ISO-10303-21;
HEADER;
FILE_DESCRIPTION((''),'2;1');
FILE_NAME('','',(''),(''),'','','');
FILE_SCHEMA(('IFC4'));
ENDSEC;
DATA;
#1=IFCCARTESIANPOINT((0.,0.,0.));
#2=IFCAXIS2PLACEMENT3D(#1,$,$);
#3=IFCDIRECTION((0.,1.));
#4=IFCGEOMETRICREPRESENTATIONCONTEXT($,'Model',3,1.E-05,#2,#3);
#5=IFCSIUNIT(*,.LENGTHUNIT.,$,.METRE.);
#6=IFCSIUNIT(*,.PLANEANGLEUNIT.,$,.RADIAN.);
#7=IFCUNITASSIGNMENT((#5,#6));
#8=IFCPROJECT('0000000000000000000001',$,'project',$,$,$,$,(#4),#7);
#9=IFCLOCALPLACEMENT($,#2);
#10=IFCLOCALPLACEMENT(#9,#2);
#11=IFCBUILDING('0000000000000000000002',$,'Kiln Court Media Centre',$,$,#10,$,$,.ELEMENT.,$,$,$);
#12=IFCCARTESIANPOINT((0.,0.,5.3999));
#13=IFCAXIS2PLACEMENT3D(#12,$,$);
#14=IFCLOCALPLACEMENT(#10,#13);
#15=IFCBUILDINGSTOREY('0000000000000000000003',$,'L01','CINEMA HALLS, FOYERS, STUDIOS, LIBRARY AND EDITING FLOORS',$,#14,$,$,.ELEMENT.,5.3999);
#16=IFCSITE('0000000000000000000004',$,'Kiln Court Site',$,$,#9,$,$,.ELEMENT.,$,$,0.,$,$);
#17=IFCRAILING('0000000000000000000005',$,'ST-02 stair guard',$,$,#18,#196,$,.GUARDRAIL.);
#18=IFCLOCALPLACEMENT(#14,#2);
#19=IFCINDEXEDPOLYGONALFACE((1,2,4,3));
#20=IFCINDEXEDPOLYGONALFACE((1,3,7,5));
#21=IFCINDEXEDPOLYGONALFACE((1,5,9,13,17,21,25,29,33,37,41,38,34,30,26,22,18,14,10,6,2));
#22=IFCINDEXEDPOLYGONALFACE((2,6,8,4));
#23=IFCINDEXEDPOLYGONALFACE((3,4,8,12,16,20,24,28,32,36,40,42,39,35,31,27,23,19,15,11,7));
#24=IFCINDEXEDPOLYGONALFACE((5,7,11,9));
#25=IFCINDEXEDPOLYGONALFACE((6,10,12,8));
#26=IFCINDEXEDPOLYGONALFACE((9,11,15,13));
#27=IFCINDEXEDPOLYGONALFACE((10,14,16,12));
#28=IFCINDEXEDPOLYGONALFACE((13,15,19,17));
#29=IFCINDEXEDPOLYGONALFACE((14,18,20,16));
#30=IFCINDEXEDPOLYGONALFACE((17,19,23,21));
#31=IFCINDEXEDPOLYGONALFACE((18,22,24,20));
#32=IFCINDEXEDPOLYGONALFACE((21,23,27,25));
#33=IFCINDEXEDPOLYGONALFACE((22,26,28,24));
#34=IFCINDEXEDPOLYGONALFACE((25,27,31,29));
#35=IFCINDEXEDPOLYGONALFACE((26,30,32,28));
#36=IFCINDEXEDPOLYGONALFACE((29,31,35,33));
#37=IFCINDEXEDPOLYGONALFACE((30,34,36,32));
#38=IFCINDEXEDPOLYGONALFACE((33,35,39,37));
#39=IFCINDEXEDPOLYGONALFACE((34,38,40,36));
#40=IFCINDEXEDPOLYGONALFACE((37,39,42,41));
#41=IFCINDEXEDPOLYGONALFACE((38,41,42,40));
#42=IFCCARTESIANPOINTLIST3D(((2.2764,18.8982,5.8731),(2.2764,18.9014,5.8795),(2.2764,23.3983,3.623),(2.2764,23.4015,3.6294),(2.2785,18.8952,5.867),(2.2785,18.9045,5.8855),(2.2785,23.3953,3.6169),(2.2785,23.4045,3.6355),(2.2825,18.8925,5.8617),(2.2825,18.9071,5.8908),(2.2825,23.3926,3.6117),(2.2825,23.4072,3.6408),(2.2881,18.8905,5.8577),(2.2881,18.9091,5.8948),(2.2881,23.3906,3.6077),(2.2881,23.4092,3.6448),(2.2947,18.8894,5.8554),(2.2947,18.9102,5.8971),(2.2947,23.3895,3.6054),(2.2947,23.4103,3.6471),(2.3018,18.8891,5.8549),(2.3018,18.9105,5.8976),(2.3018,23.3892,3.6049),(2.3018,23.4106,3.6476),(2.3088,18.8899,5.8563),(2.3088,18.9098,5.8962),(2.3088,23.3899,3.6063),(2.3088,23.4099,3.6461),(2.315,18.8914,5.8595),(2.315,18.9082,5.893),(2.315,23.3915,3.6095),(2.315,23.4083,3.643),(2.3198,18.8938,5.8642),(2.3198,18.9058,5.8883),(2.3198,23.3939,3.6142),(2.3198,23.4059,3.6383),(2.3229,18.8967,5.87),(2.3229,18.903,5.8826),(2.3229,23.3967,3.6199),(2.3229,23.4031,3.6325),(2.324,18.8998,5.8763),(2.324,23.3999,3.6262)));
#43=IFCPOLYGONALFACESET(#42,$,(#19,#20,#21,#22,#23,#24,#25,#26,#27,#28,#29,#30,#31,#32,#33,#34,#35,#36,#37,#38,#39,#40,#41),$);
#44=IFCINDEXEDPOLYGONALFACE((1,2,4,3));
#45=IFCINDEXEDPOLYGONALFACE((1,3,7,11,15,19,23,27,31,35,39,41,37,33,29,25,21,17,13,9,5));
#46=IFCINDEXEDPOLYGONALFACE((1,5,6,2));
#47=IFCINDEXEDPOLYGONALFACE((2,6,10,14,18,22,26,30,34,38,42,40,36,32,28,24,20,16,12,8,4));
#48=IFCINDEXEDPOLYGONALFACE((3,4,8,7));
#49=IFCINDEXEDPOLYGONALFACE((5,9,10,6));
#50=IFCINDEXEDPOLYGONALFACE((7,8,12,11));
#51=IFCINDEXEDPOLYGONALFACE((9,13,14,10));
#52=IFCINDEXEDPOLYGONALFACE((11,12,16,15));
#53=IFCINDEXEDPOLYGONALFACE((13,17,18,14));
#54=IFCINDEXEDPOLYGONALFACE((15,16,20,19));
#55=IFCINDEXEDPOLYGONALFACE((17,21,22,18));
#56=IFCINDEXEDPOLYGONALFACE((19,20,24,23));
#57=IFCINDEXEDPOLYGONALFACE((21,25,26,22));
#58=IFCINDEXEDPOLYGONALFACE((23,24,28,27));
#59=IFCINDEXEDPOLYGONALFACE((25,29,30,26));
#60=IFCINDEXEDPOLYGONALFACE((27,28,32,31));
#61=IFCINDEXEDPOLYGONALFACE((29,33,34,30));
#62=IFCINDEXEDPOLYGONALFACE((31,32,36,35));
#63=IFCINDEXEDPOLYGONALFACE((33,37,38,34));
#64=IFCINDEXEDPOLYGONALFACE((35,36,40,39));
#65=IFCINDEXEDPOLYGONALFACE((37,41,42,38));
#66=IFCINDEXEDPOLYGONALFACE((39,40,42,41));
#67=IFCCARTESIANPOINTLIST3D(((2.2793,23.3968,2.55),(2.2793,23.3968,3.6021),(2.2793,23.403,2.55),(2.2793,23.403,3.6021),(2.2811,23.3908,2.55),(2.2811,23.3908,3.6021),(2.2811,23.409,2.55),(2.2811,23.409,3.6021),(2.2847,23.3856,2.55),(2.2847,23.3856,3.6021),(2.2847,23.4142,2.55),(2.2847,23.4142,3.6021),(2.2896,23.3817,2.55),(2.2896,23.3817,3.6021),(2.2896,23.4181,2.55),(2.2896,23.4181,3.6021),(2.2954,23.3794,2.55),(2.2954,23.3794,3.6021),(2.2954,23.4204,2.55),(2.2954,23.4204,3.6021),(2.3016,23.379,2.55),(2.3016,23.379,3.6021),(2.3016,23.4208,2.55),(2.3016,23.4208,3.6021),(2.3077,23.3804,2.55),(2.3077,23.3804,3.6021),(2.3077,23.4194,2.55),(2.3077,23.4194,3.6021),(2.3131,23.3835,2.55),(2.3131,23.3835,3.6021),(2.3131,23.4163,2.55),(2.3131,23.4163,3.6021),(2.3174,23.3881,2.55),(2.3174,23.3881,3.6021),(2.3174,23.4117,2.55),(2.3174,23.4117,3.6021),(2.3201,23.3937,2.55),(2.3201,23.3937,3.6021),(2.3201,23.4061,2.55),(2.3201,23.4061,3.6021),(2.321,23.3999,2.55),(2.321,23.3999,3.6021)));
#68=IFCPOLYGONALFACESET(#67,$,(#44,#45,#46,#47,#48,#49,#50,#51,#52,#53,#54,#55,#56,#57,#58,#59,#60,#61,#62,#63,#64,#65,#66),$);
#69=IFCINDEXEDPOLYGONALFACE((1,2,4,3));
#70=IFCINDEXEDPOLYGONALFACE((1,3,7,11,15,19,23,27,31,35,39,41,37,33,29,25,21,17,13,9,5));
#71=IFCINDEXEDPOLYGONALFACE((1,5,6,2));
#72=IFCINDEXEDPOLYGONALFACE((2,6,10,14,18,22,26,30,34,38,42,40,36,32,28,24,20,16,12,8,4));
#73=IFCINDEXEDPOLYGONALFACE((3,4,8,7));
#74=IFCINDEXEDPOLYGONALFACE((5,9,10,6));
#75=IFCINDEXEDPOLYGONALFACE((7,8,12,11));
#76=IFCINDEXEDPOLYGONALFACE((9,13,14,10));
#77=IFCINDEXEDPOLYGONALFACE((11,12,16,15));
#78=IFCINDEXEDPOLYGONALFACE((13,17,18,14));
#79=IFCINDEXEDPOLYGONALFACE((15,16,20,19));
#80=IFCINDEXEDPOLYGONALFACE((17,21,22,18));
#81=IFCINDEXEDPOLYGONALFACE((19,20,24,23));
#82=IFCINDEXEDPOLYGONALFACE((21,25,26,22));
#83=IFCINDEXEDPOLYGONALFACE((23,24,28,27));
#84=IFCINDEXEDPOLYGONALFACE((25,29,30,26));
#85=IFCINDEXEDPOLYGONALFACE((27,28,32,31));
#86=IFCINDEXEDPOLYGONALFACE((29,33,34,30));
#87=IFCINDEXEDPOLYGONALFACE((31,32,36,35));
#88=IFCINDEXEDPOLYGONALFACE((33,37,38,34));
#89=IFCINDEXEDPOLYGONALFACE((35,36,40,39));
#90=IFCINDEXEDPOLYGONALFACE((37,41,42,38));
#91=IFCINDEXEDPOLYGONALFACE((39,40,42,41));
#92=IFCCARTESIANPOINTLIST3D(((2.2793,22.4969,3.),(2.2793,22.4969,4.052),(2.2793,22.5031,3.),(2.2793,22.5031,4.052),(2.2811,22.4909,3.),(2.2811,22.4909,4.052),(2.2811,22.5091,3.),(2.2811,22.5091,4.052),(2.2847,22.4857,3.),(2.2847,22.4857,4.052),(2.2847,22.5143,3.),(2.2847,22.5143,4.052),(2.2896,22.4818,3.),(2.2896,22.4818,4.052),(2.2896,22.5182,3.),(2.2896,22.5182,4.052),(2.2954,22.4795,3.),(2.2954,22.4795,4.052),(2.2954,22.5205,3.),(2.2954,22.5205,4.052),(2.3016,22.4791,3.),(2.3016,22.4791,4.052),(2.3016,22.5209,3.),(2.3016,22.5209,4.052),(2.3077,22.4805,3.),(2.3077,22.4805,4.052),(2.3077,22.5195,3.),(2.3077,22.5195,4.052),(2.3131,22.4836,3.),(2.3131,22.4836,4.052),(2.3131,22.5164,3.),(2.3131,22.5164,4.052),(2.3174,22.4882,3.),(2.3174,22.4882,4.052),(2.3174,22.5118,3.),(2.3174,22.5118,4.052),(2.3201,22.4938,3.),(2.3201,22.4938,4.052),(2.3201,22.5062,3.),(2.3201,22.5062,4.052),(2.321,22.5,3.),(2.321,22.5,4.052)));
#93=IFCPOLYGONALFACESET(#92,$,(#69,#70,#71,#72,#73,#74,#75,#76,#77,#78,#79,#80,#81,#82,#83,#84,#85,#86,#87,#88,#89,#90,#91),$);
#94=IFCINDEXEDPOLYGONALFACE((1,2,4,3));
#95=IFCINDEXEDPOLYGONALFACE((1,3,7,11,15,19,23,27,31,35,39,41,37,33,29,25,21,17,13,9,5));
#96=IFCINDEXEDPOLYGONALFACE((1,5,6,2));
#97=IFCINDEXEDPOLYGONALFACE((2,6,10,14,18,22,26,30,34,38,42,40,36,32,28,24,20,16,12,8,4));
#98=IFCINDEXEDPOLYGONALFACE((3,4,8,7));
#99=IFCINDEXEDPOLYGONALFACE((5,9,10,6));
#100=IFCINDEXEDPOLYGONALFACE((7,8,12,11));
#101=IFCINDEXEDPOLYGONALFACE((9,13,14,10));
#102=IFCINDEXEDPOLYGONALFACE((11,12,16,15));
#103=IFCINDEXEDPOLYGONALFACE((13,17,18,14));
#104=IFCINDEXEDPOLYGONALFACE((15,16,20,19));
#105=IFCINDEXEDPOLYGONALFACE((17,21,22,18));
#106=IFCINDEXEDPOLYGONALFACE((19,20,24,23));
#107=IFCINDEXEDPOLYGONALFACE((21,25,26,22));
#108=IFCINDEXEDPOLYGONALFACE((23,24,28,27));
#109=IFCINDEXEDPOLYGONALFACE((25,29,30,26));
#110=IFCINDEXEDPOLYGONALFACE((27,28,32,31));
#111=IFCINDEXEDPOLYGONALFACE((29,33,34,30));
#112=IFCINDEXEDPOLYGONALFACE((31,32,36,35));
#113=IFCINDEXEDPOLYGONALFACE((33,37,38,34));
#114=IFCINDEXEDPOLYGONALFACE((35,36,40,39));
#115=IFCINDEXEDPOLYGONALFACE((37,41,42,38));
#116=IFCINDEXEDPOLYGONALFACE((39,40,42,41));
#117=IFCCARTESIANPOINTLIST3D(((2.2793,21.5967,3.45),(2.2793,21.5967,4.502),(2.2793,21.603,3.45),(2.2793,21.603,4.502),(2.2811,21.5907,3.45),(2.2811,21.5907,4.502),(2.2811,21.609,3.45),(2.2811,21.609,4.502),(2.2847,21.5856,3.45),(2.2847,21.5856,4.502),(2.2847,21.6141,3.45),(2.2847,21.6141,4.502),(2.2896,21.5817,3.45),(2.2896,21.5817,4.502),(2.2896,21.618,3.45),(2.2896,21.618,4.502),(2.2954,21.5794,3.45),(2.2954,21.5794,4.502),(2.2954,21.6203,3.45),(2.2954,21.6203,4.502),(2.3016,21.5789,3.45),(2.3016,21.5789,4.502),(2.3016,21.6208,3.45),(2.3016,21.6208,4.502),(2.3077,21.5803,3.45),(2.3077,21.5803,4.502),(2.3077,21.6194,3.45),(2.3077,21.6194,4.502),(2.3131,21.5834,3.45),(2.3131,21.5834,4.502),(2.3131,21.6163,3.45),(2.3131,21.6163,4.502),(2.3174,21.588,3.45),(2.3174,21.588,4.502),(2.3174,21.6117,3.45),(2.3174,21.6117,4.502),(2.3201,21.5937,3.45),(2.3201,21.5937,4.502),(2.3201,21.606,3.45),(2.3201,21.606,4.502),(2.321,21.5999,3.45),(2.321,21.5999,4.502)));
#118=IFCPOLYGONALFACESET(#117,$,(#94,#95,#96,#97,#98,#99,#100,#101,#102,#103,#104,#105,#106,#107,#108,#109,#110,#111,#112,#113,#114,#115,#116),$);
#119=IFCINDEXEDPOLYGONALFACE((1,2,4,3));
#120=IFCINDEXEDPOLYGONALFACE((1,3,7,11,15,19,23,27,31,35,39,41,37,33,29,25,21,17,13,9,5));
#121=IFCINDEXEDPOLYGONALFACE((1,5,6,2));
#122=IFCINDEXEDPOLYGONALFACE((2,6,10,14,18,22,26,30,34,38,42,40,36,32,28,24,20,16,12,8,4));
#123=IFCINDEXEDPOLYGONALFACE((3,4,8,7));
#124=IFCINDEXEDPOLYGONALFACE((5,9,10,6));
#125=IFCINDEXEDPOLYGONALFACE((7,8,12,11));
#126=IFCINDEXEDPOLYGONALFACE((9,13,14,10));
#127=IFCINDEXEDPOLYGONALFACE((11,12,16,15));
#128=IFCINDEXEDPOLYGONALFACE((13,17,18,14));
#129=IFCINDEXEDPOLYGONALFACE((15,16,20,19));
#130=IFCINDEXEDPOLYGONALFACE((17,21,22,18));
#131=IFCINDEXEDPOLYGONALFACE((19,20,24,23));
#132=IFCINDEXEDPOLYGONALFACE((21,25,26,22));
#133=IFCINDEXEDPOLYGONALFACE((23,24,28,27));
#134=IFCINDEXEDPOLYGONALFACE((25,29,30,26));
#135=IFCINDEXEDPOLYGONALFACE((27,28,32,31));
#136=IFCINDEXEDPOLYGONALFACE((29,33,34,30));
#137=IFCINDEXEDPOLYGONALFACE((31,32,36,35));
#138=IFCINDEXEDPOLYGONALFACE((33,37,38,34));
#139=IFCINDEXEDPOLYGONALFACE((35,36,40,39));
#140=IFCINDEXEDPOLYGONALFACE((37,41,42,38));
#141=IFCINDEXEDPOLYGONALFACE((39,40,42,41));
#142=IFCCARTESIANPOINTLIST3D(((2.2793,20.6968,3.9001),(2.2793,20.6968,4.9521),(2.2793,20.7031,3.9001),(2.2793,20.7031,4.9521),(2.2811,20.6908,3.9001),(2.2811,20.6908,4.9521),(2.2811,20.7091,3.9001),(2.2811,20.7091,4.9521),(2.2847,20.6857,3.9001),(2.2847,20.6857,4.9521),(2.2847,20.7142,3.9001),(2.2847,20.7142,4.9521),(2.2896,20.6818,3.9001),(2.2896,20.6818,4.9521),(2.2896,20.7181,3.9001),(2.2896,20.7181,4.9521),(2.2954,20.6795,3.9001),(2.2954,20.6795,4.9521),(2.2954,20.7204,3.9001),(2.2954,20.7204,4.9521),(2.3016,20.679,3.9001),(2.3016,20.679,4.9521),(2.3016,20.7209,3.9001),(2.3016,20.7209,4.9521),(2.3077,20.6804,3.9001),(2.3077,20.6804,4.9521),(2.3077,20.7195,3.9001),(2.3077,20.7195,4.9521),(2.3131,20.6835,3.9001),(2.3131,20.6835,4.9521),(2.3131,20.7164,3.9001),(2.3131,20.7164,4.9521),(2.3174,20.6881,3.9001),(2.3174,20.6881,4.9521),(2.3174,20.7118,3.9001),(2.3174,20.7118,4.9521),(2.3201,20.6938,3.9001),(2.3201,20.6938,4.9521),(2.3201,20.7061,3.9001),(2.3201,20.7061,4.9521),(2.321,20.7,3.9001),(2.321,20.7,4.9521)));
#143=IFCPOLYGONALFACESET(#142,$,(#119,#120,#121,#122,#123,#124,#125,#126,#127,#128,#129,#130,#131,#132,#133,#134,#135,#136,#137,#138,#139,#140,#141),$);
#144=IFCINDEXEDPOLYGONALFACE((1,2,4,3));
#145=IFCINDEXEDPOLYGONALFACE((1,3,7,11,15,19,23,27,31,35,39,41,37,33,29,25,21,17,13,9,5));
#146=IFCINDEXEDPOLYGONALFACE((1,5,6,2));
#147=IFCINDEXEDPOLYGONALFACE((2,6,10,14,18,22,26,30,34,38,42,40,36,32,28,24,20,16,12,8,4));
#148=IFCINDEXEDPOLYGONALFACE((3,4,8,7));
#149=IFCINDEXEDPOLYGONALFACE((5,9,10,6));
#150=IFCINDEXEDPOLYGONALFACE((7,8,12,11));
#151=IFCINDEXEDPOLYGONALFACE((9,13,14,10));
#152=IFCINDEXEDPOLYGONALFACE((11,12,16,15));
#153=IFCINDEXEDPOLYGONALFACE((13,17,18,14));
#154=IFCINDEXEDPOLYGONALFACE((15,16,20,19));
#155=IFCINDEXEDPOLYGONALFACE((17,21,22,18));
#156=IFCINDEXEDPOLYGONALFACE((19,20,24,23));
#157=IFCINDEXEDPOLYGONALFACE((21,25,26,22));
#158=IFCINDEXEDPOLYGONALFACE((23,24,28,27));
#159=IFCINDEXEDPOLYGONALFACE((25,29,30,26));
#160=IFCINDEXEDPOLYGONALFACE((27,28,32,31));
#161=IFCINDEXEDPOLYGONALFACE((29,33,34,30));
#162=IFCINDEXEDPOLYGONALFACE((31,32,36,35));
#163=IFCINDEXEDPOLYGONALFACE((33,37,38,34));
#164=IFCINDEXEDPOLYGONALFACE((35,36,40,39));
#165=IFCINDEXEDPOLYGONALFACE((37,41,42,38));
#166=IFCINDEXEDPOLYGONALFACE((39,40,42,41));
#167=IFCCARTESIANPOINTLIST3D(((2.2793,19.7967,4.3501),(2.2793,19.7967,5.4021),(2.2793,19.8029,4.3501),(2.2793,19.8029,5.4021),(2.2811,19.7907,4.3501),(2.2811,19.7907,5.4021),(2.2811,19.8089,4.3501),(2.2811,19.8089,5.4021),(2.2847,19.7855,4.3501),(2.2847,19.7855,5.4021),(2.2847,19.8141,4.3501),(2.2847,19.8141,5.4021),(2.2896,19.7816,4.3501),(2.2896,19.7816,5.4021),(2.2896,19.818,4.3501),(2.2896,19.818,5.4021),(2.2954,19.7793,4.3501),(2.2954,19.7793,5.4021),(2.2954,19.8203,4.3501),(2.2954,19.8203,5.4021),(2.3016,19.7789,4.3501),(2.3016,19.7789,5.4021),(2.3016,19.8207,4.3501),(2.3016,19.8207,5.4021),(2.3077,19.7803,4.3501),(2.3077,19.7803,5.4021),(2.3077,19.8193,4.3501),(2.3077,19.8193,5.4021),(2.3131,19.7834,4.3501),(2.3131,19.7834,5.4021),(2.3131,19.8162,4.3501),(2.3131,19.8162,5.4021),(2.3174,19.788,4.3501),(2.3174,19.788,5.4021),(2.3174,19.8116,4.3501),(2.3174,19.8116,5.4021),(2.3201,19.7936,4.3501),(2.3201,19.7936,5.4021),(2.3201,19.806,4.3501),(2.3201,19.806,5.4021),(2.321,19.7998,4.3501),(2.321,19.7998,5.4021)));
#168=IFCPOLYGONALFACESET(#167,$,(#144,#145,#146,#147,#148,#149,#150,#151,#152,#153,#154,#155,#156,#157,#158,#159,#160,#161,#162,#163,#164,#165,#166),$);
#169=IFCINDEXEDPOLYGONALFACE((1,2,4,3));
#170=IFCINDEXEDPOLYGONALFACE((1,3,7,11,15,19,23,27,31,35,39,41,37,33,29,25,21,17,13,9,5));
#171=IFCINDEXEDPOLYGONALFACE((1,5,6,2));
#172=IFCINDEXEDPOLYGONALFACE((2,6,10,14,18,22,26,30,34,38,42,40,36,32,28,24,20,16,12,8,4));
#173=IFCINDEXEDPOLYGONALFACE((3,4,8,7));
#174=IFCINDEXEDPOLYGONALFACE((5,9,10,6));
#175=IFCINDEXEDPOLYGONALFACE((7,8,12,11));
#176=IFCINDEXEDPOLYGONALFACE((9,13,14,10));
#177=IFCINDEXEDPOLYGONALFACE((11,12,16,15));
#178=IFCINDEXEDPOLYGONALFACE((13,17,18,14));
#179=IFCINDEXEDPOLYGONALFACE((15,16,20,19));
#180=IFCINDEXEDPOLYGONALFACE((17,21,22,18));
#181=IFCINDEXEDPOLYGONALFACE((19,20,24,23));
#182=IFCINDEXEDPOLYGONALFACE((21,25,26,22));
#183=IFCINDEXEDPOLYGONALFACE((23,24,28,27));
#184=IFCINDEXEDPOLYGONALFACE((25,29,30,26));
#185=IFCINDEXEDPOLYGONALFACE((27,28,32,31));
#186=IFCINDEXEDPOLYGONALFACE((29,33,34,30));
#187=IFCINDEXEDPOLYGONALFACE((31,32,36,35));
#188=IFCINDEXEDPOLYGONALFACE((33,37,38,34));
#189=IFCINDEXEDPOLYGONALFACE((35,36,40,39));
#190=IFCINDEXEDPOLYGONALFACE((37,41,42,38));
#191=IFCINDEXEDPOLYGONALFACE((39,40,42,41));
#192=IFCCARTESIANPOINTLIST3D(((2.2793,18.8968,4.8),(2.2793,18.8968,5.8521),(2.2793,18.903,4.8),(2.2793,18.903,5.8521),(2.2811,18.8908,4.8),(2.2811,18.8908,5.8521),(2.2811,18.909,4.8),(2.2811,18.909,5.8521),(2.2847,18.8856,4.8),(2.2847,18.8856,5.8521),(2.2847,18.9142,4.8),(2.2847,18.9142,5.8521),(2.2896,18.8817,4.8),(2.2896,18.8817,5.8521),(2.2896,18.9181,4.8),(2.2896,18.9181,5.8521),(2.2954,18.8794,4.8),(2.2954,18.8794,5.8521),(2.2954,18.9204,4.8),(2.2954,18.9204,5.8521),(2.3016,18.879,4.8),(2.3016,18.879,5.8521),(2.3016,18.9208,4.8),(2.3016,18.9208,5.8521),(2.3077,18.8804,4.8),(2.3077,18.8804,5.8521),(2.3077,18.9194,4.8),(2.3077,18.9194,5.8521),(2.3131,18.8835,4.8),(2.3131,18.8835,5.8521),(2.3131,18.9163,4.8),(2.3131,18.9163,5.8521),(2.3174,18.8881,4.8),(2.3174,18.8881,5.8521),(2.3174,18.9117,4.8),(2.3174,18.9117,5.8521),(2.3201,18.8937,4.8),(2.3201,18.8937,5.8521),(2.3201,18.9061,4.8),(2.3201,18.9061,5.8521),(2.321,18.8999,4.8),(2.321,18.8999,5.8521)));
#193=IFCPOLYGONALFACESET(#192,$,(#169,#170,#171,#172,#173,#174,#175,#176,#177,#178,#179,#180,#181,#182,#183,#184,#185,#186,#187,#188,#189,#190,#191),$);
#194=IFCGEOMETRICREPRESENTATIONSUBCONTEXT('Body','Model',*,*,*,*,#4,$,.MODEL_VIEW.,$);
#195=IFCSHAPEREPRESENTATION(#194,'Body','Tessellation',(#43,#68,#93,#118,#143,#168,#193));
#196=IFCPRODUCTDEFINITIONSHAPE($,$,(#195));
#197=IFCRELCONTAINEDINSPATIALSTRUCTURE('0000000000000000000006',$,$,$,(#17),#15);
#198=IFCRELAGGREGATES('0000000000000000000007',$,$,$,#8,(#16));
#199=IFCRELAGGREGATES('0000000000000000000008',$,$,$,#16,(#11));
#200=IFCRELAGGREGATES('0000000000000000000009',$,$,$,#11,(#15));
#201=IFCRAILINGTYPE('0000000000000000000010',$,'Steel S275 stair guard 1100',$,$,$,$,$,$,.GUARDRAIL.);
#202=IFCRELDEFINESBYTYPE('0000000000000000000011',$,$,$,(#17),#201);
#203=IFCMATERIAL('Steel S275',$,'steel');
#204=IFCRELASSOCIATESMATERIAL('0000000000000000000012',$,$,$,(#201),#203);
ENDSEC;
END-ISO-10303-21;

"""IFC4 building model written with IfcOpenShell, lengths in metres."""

from ifc_helpers import new_model, si_unit, direction, frame, origin, origin_2d, place, context, subcontext, project, spatial, circle, extrude, material, type_object, element, save


model = new_model("IFC4")

# Units and contexts
model_context = context("Model", 3, precision=1e-05, world=origin(), true_north=direction((0.0, 1.0)))
body_context = subcontext(model_context, "Body", "Model", "MODEL_VIEW")
ifc_project = project(units=[si_unit("LENGTHUNIT", "METRE"), si_unit("PLANEANGLEUNIT", "RADIAN")], contexts=[model_context])

# Site, building, storey
site_placement = place(None, origin())
site = spatial("IfcSite", under=ifc_project, at=site_placement, Name="Kiln Court Site", CompositionType="ELEMENT", RefElevation=0.0)
building_placement = place(site_placement, origin())
building = spatial("IfcBuilding", under=site, at=building_placement, Name="Kiln Court Media Centre", CompositionType="ELEMENT")
storey_placement = place(building_placement, frame((0.0, 0.0, 5.3999)))
storey = spatial("IfcBuildingStorey", under=building, at=storey_placement, Name="L01", Description="CINEMA HALLS, FOYERS, STUDIOS, LIBRARY AND EDITING FLOORS", CompositionType="ELEMENT", Elevation=5.3999)

# Railing
ifc_material_1 = material(Name="Steel S275", Category="steel")
railing_type_1 = type_object("IfcRailingType", Name="Steel S275 stair guard 1100", PredefinedType="GUARDRAIL", material=ifc_material_1)
railing_1_placement = place(storey_placement, frame((2.3, 23.3999, 2.55)))
element("IfcRailing", 1, at=railing_1_placement, inside=storey, type_object=railing_type_1, Name="ST-02 stair guard", PredefinedType="GUARDRAIL", context=body_context, shape_type="SweptSolid", body=[
    extrude(circle(Radius=0.0239, at=origin_2d()), frame((0.0, 0.0, 1.0762), z_axis=(0.0, -0.894427, 0.447214), x_axis=(1.0, 0.0, 0.0)), (0.0, 0.0, 1.0), 5.0312),
    extrude(circle(Radius=0.021, at=origin_2d()), origin(), (0.0, 0.0, 1.0), 1.052),
    extrude(circle(Radius=0.021, at=origin_2d()), frame((0.0, -0.8999, 0.45)), (0.0, 0.0, 1.0), 1.052),
    extrude(circle(Radius=0.021, at=origin_2d()), frame((0.0, -1.8, 0.8999)), (0.0, 0.0, 1.0), 1.052),
    extrude(circle(Radius=0.021, at=origin_2d()), frame((0.0, -2.7, 1.3501)), (0.0, 0.0, 1.0), 1.052),
    extrude(circle(Radius=0.021, at=origin_2d()), frame((0.0, -3.6001, 1.8)), (0.0, 0.0, 1.0), 1.052),
    extrude(circle(Radius=0.021, at=origin_2d()), frame((0.0, -4.5, 2.25)), (0.0, 0.0, 1.0), 1.052),
])

save(model, "model.ifc")
